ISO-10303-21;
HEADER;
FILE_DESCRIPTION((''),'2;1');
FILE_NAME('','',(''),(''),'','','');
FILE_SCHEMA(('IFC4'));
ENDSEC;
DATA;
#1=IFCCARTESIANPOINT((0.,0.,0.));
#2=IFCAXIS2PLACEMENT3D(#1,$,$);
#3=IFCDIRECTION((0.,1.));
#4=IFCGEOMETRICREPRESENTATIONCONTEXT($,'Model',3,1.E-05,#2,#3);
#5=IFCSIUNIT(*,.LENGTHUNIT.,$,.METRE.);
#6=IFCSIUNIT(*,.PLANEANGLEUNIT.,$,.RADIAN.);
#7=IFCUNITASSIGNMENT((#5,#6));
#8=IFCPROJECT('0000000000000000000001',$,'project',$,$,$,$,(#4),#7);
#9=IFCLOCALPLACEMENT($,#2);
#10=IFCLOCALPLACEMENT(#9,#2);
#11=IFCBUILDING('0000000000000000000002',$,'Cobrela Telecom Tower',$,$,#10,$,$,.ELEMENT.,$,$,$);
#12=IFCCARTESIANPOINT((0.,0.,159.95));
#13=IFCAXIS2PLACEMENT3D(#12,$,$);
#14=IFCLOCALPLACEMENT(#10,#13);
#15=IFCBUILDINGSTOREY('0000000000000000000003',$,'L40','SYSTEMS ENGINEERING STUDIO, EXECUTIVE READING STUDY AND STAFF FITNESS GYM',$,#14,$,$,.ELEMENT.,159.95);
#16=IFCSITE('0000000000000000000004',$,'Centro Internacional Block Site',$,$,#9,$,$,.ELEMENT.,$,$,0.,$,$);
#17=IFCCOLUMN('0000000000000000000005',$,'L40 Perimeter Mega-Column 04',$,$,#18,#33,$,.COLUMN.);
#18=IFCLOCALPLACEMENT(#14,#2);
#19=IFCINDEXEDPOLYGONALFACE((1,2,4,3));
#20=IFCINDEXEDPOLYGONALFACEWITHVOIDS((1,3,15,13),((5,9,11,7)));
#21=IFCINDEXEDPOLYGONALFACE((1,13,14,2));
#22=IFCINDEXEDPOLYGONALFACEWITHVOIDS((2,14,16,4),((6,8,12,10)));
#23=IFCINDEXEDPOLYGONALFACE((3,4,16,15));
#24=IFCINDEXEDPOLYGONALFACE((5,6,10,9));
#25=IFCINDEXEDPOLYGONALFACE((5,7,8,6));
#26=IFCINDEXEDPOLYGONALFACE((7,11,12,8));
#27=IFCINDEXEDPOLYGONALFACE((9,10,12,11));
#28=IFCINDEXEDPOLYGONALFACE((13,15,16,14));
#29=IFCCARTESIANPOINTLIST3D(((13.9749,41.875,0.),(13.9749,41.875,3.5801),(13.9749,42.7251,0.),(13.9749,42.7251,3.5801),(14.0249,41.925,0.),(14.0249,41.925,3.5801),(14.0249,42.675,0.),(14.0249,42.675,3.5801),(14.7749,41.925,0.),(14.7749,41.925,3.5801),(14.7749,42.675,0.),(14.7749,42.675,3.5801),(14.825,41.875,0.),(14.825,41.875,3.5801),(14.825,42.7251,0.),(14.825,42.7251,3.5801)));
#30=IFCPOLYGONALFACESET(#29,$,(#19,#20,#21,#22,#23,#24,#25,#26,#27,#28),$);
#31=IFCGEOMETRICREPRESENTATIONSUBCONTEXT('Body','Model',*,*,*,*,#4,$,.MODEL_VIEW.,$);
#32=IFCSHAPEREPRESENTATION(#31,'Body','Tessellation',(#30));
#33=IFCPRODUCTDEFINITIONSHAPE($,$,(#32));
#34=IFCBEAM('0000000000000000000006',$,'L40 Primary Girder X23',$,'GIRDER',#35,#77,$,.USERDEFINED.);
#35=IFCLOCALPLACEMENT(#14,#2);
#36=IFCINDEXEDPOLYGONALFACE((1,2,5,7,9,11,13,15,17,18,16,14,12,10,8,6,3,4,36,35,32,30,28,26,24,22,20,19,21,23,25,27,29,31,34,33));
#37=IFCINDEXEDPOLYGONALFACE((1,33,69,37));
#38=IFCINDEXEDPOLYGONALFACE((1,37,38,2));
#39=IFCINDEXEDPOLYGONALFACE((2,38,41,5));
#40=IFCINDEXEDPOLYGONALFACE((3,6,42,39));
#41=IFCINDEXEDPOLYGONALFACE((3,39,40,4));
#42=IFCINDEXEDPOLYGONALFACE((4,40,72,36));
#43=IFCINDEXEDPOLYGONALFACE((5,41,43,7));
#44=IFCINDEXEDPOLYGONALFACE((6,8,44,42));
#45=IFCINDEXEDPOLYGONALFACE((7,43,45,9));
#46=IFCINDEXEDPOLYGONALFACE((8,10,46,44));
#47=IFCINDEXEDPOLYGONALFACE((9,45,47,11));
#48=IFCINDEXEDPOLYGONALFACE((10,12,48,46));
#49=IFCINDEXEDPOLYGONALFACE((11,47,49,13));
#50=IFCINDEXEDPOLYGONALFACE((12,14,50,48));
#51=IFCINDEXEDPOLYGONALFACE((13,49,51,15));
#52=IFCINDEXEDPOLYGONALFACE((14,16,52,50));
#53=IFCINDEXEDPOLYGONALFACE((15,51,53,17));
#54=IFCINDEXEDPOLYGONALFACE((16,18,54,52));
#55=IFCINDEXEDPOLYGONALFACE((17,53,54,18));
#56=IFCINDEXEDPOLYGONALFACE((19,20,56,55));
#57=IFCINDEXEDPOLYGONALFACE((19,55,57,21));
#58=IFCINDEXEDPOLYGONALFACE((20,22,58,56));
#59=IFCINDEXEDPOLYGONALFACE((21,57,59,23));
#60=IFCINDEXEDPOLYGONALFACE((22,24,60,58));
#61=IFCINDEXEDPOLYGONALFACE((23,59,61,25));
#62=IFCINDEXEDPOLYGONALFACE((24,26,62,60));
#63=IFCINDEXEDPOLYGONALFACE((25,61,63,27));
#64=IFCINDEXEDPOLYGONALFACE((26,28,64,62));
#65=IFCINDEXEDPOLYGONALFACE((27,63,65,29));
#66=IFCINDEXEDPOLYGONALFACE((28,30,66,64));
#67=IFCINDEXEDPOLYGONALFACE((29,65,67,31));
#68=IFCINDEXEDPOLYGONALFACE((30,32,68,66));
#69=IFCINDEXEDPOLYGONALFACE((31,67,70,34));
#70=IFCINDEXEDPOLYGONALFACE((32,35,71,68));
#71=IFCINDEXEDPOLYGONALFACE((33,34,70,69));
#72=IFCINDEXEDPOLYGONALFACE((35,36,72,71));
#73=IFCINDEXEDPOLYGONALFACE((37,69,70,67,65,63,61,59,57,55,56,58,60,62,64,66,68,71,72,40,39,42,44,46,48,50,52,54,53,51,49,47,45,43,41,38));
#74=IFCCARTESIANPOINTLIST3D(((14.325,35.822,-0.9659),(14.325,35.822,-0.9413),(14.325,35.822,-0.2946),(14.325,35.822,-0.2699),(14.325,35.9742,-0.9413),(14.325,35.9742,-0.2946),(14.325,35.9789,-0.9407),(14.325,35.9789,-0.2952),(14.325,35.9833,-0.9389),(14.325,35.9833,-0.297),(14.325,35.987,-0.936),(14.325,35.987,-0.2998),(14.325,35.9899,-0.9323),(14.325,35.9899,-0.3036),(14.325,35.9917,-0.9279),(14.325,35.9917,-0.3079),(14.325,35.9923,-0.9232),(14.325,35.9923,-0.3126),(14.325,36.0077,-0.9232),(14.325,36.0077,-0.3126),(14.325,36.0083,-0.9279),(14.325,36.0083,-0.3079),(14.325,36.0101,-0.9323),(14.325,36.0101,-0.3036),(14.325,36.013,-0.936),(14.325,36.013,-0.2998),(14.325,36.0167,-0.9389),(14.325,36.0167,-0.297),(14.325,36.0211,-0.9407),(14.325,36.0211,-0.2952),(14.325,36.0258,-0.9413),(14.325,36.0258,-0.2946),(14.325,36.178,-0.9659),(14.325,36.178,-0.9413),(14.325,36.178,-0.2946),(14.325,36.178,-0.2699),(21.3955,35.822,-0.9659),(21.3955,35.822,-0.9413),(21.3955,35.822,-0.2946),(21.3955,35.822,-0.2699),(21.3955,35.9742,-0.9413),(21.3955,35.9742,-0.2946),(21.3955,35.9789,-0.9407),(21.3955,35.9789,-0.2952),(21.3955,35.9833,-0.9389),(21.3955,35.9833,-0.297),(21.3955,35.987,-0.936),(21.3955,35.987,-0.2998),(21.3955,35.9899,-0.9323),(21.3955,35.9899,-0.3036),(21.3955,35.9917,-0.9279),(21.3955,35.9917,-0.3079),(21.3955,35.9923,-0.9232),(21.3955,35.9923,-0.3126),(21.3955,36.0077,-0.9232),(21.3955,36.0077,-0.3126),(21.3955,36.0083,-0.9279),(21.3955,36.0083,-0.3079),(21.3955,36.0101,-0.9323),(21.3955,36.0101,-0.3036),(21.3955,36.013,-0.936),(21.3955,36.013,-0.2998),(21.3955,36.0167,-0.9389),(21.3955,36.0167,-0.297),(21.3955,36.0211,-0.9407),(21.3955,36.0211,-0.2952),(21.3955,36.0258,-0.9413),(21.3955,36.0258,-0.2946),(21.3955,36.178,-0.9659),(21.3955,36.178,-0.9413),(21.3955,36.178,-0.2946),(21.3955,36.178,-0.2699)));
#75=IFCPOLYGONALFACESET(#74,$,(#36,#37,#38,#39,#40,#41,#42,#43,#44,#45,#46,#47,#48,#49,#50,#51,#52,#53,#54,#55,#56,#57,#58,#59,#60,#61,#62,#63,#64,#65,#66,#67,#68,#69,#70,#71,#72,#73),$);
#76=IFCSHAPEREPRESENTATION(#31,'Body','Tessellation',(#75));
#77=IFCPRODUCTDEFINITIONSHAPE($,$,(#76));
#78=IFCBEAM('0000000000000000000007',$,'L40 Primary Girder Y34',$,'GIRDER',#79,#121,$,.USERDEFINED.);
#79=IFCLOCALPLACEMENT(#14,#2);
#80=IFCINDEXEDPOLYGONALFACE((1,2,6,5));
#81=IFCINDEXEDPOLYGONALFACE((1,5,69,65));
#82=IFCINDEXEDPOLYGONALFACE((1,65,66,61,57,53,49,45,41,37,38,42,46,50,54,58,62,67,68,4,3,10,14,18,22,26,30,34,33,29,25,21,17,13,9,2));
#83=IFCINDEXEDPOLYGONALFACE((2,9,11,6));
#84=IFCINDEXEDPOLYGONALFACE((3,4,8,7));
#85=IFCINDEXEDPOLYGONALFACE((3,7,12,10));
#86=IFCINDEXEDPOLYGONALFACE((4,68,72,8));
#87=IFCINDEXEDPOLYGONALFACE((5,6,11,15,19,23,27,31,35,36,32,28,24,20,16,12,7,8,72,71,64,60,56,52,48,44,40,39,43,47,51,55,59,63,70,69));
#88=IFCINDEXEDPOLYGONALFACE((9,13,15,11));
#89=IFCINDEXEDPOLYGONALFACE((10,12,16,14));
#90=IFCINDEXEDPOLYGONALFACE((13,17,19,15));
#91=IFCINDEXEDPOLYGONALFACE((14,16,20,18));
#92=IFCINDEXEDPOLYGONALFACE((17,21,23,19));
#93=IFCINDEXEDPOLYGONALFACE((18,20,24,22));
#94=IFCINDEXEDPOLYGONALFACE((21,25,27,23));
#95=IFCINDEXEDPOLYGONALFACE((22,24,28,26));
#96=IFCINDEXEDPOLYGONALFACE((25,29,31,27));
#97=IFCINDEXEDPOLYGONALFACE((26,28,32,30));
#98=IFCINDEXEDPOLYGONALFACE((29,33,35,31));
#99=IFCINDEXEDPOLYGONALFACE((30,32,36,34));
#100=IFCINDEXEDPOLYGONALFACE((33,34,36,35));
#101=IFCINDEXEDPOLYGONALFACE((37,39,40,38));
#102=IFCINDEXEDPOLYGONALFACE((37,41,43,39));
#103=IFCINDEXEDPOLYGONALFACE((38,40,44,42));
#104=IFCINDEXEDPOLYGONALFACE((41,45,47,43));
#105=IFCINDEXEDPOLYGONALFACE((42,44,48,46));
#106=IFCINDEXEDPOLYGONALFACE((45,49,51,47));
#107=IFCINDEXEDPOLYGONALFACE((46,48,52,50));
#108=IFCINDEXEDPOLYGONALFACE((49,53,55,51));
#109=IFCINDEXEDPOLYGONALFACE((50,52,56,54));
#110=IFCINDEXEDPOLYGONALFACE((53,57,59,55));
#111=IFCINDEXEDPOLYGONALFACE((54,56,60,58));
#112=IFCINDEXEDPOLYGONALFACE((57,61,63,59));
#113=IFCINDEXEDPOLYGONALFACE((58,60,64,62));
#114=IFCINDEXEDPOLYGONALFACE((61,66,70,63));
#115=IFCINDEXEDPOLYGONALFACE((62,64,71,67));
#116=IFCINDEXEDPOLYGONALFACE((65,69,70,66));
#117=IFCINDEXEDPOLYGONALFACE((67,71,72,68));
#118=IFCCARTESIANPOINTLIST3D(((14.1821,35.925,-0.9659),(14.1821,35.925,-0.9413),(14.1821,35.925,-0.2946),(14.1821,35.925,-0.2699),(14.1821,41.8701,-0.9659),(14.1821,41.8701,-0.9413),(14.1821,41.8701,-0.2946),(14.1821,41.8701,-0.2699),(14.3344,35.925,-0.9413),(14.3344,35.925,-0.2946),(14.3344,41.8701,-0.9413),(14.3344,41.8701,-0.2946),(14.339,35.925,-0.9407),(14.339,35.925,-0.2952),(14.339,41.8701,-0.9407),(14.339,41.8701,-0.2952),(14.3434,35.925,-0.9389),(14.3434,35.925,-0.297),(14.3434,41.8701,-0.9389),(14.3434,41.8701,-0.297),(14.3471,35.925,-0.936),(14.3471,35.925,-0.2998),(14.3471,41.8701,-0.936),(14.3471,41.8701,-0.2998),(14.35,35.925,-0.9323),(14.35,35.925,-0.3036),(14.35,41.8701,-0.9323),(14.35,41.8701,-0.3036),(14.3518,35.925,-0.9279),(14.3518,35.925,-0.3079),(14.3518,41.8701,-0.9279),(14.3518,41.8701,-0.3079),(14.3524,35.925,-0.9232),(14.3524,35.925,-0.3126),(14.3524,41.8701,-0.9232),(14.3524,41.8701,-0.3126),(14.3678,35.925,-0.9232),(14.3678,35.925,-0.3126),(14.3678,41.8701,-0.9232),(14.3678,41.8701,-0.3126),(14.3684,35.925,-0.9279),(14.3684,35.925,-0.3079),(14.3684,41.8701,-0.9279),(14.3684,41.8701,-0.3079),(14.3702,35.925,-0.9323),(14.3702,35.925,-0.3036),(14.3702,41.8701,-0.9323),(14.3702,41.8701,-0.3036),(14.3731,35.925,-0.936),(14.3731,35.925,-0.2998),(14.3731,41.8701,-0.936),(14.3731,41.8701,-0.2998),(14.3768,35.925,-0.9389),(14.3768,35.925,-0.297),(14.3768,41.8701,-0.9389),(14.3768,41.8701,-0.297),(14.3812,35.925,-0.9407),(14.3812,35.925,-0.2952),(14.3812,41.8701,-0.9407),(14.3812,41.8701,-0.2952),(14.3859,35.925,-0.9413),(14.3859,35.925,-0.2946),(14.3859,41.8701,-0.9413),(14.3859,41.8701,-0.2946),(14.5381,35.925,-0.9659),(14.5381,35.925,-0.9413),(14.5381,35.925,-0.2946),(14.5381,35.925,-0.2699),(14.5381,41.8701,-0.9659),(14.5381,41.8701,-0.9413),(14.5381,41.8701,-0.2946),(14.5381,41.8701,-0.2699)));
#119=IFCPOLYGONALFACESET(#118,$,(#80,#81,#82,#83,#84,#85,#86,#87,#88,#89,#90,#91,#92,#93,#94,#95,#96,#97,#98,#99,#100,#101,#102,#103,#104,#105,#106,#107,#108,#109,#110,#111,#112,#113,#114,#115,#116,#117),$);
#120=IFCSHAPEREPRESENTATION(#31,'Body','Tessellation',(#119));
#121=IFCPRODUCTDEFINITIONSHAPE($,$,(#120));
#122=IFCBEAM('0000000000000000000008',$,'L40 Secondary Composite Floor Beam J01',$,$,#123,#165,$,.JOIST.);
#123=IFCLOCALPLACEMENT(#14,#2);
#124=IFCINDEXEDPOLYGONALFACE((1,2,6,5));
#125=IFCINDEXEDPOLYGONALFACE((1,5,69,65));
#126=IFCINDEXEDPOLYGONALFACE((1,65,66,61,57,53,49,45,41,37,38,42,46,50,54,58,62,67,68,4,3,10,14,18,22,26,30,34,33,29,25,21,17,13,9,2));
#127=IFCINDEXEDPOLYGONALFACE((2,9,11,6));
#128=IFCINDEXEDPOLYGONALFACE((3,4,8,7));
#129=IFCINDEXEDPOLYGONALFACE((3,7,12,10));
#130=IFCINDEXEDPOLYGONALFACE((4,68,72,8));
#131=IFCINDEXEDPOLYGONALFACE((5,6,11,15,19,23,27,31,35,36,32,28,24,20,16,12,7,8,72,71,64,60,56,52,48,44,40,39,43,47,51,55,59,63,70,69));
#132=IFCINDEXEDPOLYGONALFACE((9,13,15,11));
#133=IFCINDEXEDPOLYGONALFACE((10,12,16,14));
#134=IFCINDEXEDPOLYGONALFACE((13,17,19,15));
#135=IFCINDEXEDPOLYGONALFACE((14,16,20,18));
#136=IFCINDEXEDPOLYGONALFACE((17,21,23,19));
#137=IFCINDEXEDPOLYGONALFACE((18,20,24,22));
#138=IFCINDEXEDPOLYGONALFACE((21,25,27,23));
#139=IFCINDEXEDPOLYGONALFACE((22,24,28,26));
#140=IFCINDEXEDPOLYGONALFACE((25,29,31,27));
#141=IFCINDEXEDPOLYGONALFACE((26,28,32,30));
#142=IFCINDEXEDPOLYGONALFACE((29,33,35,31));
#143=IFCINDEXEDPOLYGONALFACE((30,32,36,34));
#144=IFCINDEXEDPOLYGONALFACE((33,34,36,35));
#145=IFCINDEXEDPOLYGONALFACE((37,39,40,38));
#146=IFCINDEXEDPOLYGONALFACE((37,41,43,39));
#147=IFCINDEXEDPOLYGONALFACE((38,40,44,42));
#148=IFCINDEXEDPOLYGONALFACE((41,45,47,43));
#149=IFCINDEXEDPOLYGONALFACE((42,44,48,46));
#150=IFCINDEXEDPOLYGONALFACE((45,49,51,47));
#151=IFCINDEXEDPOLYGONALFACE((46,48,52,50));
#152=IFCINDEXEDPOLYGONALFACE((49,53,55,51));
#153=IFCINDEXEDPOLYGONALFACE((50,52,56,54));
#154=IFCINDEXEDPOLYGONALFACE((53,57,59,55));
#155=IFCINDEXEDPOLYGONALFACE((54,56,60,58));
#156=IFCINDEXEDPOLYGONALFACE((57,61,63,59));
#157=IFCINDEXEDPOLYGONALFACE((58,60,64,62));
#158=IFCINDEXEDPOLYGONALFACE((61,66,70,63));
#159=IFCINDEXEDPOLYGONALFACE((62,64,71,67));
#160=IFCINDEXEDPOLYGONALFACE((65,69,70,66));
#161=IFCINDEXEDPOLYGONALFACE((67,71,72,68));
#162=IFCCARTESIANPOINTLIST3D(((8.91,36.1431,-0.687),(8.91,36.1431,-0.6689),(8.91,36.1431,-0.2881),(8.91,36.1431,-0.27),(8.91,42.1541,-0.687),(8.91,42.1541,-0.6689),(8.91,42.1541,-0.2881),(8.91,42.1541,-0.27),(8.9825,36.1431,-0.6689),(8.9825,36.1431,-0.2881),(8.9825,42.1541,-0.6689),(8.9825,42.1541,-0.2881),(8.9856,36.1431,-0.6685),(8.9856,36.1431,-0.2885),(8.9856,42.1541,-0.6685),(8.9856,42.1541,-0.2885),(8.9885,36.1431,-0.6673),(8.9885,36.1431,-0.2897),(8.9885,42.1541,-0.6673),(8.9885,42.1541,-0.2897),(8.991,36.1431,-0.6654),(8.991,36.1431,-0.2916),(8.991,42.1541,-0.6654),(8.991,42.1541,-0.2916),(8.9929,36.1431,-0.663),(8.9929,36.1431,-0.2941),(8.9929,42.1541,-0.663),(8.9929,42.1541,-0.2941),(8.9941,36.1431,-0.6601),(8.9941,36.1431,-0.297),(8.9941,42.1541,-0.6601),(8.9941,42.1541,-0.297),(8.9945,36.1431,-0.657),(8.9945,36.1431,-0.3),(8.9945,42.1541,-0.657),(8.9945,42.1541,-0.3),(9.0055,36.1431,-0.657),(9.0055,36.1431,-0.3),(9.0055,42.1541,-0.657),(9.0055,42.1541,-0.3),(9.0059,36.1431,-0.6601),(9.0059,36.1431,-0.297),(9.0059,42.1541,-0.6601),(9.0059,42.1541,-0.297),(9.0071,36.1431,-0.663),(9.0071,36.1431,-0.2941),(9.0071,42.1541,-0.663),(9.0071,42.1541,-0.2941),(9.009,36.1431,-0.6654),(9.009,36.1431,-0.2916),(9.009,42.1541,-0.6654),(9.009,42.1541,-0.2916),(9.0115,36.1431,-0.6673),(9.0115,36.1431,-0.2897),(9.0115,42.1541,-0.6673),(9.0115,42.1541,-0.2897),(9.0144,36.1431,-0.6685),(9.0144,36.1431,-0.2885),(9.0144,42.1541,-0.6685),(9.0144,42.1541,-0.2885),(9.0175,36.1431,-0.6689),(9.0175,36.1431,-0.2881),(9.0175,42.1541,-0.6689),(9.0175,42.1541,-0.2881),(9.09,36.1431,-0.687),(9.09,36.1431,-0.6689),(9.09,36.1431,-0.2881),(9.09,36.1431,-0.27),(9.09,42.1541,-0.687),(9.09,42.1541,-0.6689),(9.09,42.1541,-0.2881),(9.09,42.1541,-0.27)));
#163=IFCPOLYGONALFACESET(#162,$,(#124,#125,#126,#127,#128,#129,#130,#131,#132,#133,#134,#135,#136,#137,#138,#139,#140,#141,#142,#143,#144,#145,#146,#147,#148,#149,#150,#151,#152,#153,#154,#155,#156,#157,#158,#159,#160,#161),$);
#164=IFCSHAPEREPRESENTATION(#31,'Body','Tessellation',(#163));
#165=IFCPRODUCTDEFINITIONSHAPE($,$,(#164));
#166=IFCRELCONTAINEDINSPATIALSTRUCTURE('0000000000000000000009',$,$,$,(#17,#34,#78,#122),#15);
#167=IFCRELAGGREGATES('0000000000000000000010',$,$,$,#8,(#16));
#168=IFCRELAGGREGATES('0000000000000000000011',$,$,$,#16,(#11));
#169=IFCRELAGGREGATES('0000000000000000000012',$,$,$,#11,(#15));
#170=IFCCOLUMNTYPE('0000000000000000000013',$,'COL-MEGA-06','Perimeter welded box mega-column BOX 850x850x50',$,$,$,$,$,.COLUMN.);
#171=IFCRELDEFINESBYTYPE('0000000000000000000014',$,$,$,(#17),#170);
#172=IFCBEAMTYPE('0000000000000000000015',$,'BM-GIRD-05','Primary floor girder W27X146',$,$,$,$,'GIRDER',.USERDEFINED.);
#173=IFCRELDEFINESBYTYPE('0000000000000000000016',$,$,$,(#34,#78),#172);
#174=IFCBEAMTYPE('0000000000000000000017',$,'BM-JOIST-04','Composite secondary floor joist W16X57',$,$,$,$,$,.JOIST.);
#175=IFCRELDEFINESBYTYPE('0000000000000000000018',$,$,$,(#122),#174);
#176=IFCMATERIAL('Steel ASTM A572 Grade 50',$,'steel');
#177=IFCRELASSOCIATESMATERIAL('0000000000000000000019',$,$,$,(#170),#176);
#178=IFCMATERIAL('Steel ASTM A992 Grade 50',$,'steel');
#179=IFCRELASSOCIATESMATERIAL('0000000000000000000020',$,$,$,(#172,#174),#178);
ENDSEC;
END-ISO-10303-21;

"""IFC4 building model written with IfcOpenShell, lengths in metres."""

from ifc_helpers import new_model, si_unit, direction, frame, origin, origin_2d, place, context, subcontext, project, spatial, hollow_rectangle, i_section, extrude, material, material_profile, profile_set, type_object, element, save


model = new_model("IFC4")

# Units and contexts
model_context = context("Model", 3, precision=1e-05, world=origin(), true_north=direction((0.0, 1.0)))
body_context = subcontext(model_context, "Body", "Model", "MODEL_VIEW")
ifc_project = project(units=[si_unit("LENGTHUNIT", "METRE"), si_unit("PLANEANGLEUNIT", "RADIAN")], contexts=[model_context])

# Site, building, storey
site_placement = place(None, origin())
site = spatial("IfcSite", under=ifc_project, at=site_placement, Name="Centro Internacional Block Site", CompositionType="ELEMENT", RefElevation=0.0)
building_placement = place(site_placement, origin())
building = spatial("IfcBuilding", under=site, at=building_placement, Name="Cobrela Telecom Tower", CompositionType="ELEMENT")
storey_placement = place(building_placement, frame((0.0, 0.0, 159.95)))
storey = spatial("IfcBuildingStorey", under=building, at=storey_placement, Name="L40", Description="SYSTEMS ENGINEERING STUDIO, EXECUTIVE READING STUDY AND STAFF FITNESS GYM", CompositionType="ELEMENT", Elevation=159.95)

# Column
ifc_material_1 = material(Name="Steel ASTM A572 Grade 50", Category="steel")
ifc_material_profile_1 = material_profile(ifc_material_1, hollow_rectangle(XDim=0.8501, YDim=0.8501, WallThickness=0.05, at=origin_2d()), Name="BOX 850x850x50")
ifc_profile_set_1 = profile_set([ifc_material_profile_1], Name="Steel ASTM A572 Grade 50")
column_type = type_object("IfcColumnType", Name="COL-MEGA-06", Description="Perimeter welded box mega-column BOX 850x850x50", PredefinedType="COLUMN", material=ifc_profile_set_1)
column_placement = place(storey_placement, frame((14.3999, 42.3, 0.0), z_axis=(0.0, 0.0, 1.0), x_axis=(1.0, 0.0, 0.0)))
element("IfcColumn", 1, at=column_placement, inside=storey, type_object=column_type, Name="L40 Perimeter Mega-Column 04", PredefinedType="COLUMN", context=body_context, shape_type="SweptSolid", body=[
    extrude(hollow_rectangle(XDim=0.8501, YDim=0.8501, WallThickness=0.05, at=origin_2d()), origin(), (0.0, 0.0, 1.0), 3.5801),
])

# Beams
ifc_material_2 = material(Name="Steel ASTM A992 Grade 50", Category="steel")
ifc_material_profile_2 = material_profile(ifc_material_2, i_section(OverallWidth=0.356, OverallDepth=0.696, WebThickness=0.0154, FlangeThickness=0.0247, FilletRadius=0.0181, at=origin_2d()), Name="W27X146")
ifc_profile_set_2 = profile_set([ifc_material_profile_2], Name="Steel ASTM A992 Grade 50")
beam_type_1 = type_object("IfcBeamType", Name="BM-GIRD-05", Description="Primary floor girder W27X146", ElementType="GIRDER", PredefinedType="USERDEFINED", material=ifc_profile_set_2)
beam_1_placement = place(storey_placement, frame((14.325, 36.0, -0.6179), z_axis=(1.0, 0.0, 0.0), x_axis=(0.0, 1.0, 0.0)))
element("IfcBeam", 2, at=beam_1_placement, inside=storey, type_object=beam_type_1, Name="L40 Primary Girder X23", ObjectType="GIRDER", PredefinedType="USERDEFINED", context=body_context, shape_type="SweptSolid", body=[
    extrude(i_section(OverallWidth=0.356, OverallDepth=0.696, WebThickness=0.0154, FlangeThickness=0.0247, FilletRadius=0.0181, at=origin_2d()), origin(), (0.0, 0.0, 1.0), 7.0706),
])
beam_2_placement = place(storey_placement, frame((14.3601, 35.925, -0.6179), z_axis=(0.0, 1.0, 0.0), x_axis=(-1.0, 0.0, 0.0)))
element("IfcBeam", 3, at=beam_2_placement, inside=storey, type_object=beam_type_1, Name="L40 Primary Girder Y34", ObjectType="GIRDER", PredefinedType="USERDEFINED", context=body_context, shape_type="SweptSolid", body=[
    extrude(i_section(OverallWidth=0.356, OverallDepth=0.696, WebThickness=0.0154, FlangeThickness=0.0247, FilletRadius=0.0181, at=origin_2d()), origin(), (0.0, 0.0, 1.0), 5.9451),
])
ifc_material_profile_3 = material_profile(ifc_material_2, i_section(OverallWidth=0.1799, OverallDepth=0.417, WebThickness=0.011, FlangeThickness=0.0181, FilletRadius=0.012, at=origin_2d()), Name="W16X57")
ifc_profile_set_3 = profile_set([ifc_material_profile_3], Name="Steel ASTM A992 Grade 50")
beam_type_2 = type_object("IfcBeamType", Name="BM-JOIST-04", Description="Composite secondary floor joist W16X57", PredefinedType="JOIST", material=ifc_profile_set_3)
for number, where, z_axis, x_axis, name in (
    (4, (9.0, 36.1431, -0.4785), (0.0, 1.0, 0.0), (-1.0, 0.0, 0.0), "L40 Secondary Composite Floor Beam J01"),
):
    element("IfcBeam", number, at=place(storey_placement, frame(where, z_axis=z_axis, x_axis=x_axis)), inside=storey, type_object=beam_type_2, Name=name, PredefinedType="JOIST", context=body_context, shape_type="SweptSolid", body=[
        extrude(i_section(OverallWidth=0.1799, OverallDepth=0.417, WebThickness=0.011, FlangeThickness=0.0181, FilletRadius=0.012, at=origin_2d()), origin(), (0.0, 0.0, 1.0), 6.011),
    ])

save(model, "model.ifc")
